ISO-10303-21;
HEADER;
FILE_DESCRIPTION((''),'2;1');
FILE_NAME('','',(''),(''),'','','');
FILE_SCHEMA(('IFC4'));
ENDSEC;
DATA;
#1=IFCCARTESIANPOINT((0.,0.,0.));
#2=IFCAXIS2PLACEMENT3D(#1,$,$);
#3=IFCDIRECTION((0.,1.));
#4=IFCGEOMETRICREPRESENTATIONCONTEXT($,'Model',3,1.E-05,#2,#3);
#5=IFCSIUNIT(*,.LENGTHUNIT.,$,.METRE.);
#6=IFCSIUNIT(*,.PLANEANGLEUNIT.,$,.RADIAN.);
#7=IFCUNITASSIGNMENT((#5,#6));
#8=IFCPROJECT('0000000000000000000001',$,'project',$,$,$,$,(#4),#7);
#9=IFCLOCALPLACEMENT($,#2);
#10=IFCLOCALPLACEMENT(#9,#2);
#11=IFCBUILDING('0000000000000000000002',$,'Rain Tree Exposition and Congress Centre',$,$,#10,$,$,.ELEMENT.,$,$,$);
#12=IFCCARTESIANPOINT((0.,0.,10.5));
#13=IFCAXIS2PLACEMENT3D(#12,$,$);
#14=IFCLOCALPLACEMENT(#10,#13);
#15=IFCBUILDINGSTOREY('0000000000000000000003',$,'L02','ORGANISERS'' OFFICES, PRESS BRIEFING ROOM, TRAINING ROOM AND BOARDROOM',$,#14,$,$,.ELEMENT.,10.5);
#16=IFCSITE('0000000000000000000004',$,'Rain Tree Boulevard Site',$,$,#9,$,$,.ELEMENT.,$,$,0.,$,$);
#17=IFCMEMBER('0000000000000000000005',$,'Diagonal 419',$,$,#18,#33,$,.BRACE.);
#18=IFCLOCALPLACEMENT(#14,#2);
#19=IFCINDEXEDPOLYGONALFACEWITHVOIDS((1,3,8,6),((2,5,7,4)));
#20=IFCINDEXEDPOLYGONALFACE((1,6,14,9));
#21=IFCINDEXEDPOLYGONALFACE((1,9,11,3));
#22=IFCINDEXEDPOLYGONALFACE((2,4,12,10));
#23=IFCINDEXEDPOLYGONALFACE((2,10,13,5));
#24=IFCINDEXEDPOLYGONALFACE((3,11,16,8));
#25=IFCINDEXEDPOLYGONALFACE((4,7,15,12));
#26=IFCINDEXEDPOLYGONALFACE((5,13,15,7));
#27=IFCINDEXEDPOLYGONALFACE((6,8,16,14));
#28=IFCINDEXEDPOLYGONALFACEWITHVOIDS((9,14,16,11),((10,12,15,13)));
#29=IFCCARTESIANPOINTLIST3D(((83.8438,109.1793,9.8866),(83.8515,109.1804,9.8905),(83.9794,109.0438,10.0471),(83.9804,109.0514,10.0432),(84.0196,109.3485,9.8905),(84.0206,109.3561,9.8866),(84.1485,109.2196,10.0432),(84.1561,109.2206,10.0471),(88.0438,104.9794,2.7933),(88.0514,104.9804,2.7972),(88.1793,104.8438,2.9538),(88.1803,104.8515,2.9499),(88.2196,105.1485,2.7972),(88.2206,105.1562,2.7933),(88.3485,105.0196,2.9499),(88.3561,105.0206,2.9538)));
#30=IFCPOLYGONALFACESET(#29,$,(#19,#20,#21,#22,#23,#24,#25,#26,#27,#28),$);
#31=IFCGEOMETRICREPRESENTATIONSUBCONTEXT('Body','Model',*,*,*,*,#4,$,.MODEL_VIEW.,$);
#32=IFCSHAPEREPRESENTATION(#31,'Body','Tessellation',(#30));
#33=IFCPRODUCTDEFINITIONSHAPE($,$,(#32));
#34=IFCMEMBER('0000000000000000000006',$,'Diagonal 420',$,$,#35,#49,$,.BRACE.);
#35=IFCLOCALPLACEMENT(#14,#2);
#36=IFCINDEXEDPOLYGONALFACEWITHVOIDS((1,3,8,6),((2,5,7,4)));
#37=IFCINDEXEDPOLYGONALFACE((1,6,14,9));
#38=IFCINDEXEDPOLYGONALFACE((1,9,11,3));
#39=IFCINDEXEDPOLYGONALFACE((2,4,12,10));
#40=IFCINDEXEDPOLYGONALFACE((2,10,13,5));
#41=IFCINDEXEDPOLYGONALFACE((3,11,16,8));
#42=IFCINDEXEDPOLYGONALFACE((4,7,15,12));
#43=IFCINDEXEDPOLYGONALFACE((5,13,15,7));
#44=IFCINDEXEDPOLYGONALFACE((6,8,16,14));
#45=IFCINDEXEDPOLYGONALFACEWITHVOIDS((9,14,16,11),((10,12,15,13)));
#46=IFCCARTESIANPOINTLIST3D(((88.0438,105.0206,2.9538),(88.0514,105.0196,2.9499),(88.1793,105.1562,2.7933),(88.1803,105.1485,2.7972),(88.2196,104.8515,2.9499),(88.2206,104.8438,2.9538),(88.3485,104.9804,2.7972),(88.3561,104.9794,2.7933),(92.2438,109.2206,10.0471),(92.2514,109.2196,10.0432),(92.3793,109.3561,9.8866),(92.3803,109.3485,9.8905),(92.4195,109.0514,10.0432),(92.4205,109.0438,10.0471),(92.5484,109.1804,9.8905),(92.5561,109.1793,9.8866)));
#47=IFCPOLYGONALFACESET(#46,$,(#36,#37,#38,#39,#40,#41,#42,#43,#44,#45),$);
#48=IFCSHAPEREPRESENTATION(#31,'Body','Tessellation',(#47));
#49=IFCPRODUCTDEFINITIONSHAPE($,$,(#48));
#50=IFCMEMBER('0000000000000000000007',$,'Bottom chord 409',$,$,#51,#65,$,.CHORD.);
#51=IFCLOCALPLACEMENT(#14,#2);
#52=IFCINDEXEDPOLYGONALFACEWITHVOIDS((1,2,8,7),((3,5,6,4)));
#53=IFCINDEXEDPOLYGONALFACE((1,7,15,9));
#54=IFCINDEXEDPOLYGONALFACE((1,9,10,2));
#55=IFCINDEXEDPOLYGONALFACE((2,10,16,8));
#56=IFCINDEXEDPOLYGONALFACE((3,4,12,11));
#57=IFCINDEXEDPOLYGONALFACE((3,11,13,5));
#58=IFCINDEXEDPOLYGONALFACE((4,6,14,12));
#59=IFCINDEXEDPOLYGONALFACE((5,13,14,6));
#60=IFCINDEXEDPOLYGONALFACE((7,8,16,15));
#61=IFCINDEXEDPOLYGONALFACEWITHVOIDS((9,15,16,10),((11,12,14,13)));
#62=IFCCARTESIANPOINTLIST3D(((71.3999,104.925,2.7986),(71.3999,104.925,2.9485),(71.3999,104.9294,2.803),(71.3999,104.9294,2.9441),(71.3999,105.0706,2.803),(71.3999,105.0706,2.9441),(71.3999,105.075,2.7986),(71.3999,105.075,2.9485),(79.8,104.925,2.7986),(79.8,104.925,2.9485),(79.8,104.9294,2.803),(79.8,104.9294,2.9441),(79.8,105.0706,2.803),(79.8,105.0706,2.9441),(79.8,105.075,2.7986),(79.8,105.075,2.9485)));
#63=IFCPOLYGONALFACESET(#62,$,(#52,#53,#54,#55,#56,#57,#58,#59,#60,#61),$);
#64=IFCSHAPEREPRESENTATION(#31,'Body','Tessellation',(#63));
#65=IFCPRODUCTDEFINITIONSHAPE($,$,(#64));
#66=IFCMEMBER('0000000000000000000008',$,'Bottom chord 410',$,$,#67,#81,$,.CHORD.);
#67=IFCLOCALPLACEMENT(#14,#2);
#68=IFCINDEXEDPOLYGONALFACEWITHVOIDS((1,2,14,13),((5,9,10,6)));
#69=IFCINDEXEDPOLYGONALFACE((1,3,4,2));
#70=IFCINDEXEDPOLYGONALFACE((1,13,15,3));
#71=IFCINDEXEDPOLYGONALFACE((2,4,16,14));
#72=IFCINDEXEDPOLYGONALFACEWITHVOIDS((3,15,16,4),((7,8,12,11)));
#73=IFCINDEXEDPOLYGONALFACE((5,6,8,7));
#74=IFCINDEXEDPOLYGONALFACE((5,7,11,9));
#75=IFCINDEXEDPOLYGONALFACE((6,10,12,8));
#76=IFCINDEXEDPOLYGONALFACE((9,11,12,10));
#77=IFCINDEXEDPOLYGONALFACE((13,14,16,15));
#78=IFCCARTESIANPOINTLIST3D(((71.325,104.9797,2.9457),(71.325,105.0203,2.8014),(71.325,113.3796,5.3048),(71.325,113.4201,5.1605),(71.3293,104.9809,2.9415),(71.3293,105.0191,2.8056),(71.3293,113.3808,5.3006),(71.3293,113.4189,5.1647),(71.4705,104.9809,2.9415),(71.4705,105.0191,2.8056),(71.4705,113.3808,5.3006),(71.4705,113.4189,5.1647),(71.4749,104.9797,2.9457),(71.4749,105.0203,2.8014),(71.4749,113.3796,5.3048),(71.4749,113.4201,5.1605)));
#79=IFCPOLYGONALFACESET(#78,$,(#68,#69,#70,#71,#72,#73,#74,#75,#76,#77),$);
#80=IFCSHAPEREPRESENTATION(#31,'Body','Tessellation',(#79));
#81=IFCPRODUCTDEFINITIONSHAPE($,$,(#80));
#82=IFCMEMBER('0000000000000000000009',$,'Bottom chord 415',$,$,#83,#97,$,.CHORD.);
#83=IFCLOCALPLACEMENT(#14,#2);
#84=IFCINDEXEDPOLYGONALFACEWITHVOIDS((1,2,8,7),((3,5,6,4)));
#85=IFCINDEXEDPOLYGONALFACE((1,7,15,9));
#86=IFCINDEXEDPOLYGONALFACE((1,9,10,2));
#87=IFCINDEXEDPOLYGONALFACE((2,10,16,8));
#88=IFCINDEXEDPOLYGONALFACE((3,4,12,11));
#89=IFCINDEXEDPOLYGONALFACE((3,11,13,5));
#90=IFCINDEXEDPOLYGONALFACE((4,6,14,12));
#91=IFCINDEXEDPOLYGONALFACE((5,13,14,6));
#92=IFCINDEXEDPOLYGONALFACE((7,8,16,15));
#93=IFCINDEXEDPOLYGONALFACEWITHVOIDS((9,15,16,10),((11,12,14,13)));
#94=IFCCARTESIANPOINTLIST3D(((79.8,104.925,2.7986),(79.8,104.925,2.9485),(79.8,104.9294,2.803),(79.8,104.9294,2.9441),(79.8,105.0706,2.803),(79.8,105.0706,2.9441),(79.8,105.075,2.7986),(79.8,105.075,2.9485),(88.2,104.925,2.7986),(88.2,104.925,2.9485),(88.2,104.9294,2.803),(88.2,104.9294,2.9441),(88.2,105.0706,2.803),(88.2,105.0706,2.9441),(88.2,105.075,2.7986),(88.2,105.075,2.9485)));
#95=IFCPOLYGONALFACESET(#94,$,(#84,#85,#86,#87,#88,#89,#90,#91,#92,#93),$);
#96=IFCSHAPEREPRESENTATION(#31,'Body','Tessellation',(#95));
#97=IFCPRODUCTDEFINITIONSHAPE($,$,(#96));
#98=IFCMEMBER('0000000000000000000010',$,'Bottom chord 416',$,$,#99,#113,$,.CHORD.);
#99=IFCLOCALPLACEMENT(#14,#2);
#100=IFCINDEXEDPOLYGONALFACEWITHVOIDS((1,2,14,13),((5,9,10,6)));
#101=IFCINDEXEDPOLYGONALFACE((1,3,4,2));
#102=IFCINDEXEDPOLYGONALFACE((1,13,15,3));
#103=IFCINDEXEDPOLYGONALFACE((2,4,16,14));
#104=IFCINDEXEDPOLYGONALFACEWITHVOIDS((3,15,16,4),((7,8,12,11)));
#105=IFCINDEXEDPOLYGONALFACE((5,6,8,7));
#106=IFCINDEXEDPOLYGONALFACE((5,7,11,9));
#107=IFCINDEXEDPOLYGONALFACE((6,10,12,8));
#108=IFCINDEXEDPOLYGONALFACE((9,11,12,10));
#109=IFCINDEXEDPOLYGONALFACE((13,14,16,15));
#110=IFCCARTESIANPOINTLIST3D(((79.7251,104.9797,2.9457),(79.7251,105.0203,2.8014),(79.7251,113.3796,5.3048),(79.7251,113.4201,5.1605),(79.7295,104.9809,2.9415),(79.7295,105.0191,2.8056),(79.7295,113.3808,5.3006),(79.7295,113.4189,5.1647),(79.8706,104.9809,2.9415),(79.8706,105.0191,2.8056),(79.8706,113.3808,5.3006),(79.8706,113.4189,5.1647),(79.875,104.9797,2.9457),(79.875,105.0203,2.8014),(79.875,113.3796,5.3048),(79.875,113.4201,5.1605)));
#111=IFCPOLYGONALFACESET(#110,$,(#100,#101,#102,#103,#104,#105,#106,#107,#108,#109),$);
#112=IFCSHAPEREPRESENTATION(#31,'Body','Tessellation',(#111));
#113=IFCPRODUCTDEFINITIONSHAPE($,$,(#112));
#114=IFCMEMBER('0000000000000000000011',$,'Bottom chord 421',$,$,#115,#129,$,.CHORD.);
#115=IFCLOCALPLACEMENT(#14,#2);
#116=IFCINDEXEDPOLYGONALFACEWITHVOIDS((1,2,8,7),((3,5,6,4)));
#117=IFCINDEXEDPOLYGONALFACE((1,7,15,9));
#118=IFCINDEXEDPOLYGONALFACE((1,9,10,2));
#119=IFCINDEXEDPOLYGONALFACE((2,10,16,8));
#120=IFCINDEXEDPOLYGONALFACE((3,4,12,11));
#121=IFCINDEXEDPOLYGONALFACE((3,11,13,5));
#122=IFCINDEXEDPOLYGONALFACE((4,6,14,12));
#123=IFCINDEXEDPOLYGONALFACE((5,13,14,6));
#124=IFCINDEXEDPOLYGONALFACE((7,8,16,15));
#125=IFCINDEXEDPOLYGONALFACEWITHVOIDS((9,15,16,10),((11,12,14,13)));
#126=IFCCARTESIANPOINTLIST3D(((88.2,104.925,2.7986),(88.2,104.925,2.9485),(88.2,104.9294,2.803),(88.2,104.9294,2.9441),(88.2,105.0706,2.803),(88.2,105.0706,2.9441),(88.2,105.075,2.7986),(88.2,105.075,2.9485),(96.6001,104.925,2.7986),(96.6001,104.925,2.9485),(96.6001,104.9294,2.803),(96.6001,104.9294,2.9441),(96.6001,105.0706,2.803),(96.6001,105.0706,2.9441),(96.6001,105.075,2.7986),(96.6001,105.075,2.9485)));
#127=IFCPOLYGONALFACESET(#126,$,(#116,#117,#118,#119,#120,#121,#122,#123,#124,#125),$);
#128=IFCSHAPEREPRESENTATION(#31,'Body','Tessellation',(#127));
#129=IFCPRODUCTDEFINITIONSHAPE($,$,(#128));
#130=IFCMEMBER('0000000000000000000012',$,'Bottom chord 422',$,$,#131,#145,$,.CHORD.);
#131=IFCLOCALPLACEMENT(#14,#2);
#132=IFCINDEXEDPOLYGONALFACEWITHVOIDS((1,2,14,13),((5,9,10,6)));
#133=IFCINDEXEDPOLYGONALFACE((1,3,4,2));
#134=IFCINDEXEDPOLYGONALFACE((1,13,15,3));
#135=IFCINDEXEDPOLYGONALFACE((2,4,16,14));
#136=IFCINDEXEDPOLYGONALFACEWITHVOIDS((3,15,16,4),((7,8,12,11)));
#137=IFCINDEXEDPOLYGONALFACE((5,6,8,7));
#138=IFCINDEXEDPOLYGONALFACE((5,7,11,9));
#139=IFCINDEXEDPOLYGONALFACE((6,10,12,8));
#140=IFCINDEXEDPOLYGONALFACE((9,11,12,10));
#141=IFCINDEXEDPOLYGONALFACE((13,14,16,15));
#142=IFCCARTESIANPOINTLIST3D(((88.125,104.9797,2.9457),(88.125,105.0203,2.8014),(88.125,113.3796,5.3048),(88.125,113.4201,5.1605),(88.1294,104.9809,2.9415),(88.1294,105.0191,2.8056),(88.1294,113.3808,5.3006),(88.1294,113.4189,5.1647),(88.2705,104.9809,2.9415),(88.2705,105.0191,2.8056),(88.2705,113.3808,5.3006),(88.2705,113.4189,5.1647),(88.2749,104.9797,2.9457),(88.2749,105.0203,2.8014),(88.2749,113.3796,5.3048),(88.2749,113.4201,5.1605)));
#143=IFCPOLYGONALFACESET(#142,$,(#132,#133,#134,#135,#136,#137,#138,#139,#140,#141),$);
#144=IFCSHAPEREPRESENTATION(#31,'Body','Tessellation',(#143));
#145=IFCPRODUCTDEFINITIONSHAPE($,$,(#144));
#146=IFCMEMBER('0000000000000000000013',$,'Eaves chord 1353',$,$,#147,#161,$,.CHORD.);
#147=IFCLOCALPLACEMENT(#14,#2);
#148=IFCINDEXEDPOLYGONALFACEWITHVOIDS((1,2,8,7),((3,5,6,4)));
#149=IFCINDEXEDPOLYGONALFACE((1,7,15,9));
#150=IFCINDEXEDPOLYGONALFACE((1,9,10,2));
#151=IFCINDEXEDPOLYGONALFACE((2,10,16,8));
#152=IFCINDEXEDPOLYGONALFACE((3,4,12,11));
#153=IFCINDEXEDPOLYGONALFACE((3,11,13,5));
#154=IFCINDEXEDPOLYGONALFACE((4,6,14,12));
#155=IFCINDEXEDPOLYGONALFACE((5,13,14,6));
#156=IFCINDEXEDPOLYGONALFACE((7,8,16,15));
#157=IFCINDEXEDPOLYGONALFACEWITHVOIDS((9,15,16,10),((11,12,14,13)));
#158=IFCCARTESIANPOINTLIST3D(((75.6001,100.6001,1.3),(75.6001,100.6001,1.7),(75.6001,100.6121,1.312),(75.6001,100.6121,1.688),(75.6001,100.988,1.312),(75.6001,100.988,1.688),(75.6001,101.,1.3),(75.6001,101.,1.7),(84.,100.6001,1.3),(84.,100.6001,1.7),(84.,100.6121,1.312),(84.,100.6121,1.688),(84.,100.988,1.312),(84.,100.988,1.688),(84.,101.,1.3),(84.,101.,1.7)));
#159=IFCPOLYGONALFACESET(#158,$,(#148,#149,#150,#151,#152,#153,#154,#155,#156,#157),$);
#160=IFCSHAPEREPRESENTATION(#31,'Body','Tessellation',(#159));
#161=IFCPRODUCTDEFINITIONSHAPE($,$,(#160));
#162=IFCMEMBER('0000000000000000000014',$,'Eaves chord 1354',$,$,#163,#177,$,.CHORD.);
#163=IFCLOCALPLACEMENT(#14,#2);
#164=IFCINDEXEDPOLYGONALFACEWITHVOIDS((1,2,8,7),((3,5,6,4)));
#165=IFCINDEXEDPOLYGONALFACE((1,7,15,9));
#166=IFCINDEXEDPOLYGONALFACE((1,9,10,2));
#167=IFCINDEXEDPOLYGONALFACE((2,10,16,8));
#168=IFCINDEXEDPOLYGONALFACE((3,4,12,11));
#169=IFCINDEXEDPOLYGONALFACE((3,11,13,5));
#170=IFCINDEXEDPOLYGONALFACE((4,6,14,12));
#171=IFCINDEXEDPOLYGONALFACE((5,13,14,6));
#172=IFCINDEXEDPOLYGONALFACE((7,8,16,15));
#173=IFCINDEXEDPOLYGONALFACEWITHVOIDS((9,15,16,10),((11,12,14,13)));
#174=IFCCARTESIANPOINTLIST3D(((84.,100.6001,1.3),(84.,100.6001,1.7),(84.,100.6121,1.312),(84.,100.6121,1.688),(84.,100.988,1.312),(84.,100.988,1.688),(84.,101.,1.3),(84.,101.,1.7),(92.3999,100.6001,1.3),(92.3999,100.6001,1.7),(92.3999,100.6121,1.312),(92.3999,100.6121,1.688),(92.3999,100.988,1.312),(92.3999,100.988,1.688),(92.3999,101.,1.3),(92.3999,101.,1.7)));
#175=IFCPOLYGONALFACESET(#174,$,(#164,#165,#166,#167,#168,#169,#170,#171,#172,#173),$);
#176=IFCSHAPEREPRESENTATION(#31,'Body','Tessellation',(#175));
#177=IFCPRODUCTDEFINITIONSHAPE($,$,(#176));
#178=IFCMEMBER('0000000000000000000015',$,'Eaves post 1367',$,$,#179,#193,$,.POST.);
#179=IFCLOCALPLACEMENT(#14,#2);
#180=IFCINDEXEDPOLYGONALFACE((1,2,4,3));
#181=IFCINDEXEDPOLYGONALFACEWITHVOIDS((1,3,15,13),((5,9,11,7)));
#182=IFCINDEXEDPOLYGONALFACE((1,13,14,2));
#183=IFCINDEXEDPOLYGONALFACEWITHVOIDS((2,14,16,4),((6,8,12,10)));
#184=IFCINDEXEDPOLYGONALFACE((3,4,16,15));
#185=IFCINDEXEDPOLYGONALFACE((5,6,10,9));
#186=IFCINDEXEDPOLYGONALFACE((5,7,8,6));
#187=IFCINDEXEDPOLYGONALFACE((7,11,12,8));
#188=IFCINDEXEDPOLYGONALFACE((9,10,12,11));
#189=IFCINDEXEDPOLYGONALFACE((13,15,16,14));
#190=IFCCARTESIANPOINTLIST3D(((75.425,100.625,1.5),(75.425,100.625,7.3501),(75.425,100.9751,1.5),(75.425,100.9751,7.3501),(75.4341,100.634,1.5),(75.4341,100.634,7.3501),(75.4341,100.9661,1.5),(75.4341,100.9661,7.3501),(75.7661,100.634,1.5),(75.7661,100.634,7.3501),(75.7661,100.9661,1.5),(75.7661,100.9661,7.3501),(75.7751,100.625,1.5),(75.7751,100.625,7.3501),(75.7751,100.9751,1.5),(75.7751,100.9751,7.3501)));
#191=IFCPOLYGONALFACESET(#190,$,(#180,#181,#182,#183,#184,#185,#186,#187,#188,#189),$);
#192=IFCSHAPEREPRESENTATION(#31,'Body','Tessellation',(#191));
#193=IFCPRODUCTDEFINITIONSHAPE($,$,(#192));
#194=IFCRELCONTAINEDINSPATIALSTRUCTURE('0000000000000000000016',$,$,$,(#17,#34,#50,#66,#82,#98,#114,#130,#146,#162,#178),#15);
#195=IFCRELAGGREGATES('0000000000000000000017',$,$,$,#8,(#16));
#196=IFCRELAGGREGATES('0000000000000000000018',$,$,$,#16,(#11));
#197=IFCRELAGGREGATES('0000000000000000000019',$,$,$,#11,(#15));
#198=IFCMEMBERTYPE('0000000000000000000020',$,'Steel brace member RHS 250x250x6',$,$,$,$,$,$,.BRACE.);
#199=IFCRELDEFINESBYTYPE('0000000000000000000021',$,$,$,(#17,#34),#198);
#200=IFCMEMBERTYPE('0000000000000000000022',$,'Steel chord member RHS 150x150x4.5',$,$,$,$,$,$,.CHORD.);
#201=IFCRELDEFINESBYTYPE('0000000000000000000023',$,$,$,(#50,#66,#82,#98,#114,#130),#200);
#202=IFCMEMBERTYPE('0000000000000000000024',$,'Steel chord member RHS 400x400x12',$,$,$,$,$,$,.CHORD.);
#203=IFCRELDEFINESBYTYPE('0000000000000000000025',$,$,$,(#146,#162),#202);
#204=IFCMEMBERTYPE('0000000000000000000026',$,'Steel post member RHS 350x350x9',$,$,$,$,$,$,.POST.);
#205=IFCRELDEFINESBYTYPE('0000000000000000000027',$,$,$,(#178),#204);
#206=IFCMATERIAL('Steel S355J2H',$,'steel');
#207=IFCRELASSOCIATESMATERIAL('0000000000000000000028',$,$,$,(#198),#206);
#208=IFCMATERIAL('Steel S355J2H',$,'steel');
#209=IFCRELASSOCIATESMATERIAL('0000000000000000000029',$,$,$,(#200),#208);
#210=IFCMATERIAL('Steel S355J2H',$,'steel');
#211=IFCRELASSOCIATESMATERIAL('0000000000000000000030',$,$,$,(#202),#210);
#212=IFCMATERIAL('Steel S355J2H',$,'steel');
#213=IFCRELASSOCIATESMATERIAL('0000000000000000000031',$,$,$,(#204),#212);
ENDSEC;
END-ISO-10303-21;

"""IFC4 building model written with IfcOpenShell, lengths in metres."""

from ifc_helpers import new_model, si_unit, direction, frame, origin, origin_2d, place, context, subcontext, project, spatial, hollow_rectangle, extrude, material, material_profile, profile_set, type_object, element, save


model = new_model("IFC4")

# Units and contexts
model_context = context("Model", 3, precision=1e-05, world=origin(), true_north=direction((0.0, 1.0)))
body_context = subcontext(model_context, "Body", "Model", "MODEL_VIEW")
ifc_project = project(units=[si_unit("LENGTHUNIT", "METRE"), si_unit("PLANEANGLEUNIT", "RADIAN")], contexts=[model_context])

# Site, building, storey
site_placement = place(None, origin())
site = spatial("IfcSite", under=ifc_project, at=site_placement, Name="Rain Tree Boulevard Site", CompositionType="ELEMENT", RefElevation=0.0)
building_placement = place(site_placement, origin())
building = spatial("IfcBuilding", under=site, at=building_placement, Name="Rain Tree Exposition and Congress Centre", CompositionType="ELEMENT")
storey_placement = place(building_placement, frame((0.0, 0.0, 10.5)))
storey = spatial("IfcBuildingStorey", under=building, at=storey_placement, Name="L02", Description="ORGANISERS' OFFICES, PRESS BRIEFING ROOM, TRAINING ROOM AND BOARDROOM", CompositionType="ELEMENT", Elevation=10.5)

# Members
ifc_material_1 = material(Name="Steel S355J2H", Category="steel")
ifc_material_profile_1 = material_profile(ifc_material_1, hollow_rectangle(XDim=0.25, YDim=0.25, WallThickness=0.0061, at=origin_2d()), Name="RHS 250x250x6")
ifc_profile_set_1 = profile_set([ifc_material_profile_1], Name="Steel S355J2H")
member_type_1 = type_object("IfcMemberType", Name="Steel brace member RHS 250x250x6", PredefinedType="BRACE", material=ifc_profile_set_1)
for number, where, z_axis, x_axis, name in (
    (1, (88.2, 105.0, 2.8735), (-0.453966, 0.453966, 0.7667), (-0.707107, -0.707107, 0.0), "Diagonal 419"),
    (2, (88.2, 105.0, 2.8735), (0.453966, 0.453966, 0.7667), (-0.707107, 0.707107, 0.0), "Diagonal 420"),
):
    element("IfcMember", number, at=place(storey_placement, frame(where, z_axis=z_axis, x_axis=x_axis)), inside=storey, type_object=member_type_1, Name=name, PredefinedType="BRACE", context=body_context, shape_type="SweptSolid", body=[
        extrude(hollow_rectangle(XDim=0.25, YDim=0.25, WallThickness=0.0061, at=origin_2d()), origin(), (0.0, 0.0, 1.0), 9.2517),
    ])
ifc_material_2 = material(Name="Steel S355J2H", Category="steel")
ifc_material_profile_2 = material_profile(ifc_material_2, hollow_rectangle(XDim=0.1499, YDim=0.1499, WallThickness=0.0044, at=origin_2d()), Name="RHS 150x150x4.5")
ifc_profile_set_2 = profile_set([ifc_material_profile_2], Name="Steel S355J2H")
member_type_2 = type_object("IfcMemberType", Name="Steel chord member RHS 150x150x4.5", PredefinedType="CHORD", material=ifc_profile_set_2)
member_1_placement = place(storey_placement, frame((71.3999, 105.0, 2.8735), z_axis=(1.0, 0.0, 0.0), x_axis=(0.0, 1.0, 0.0)))
element("IfcMember", 3, at=member_1_placement, inside=storey, type_object=member_type_2, Name="Bottom chord 409", PredefinedType="CHORD", context=body_context, shape_type="SweptSolid", body=[
    extrude(hollow_rectangle(XDim=0.1499, YDim=0.1499, WallThickness=0.0044, at=origin_2d()), origin(), (0.0, 0.0, 1.0), 8.4001),
])
member_2_placement = place(storey_placement, frame((71.3999, 105.0, 2.8735), z_axis=(0.0, 0.962751, 0.270391), x_axis=(-1.0, 0.0, 0.0)))
element("IfcMember", 4, at=member_2_placement, inside=storey, type_object=member_type_2, Name="Bottom chord 410", PredefinedType="CHORD", context=body_context, shape_type="SweptSolid", body=[
    extrude(hollow_rectangle(XDim=0.1499, YDim=0.1499, WallThickness=0.0044, at=origin_2d()), origin(), (0.0, 0.0, 1.0), 8.7249),
])
member_3_placement = place(storey_placement, frame((79.8, 105.0, 2.8735), z_axis=(1.0, 0.0, 0.0), x_axis=(0.0, 1.0, 0.0)))
element("IfcMember", 5, at=member_3_placement, inside=storey, type_object=member_type_2, Name="Bottom chord 415", PredefinedType="CHORD", context=body_context, shape_type="SweptSolid", body=[
    extrude(hollow_rectangle(XDim=0.1499, YDim=0.1499, WallThickness=0.0044, at=origin_2d()), origin(), (0.0, 0.0, 1.0), 8.3999),
])
member_4_placement = place(storey_placement, frame((79.8, 105.0, 2.8735), z_axis=(0.0, 0.962751, 0.270391), x_axis=(-1.0, 0.0, 0.0)))
element("IfcMember", 6, at=member_4_placement, inside=storey, type_object=member_type_2, Name="Bottom chord 416", PredefinedType="CHORD", context=body_context, shape_type="SweptSolid", body=[
    extrude(hollow_rectangle(XDim=0.1499, YDim=0.1499, WallThickness=0.0044, at=origin_2d()), origin(), (0.0, 0.0, 1.0), 8.7249),
])
member_5_placement = place(storey_placement, frame((88.2, 105.0, 2.8735), z_axis=(1.0, 0.0, 0.0), x_axis=(0.0, 1.0, 0.0)))
element("IfcMember", 7, at=member_5_placement, inside=storey, type_object=member_type_2, Name="Bottom chord 421", PredefinedType="CHORD", context=body_context, shape_type="SweptSolid", body=[
    extrude(hollow_rectangle(XDim=0.1499, YDim=0.1499, WallThickness=0.0044, at=origin_2d()), origin(), (0.0, 0.0, 1.0), 8.4001),
])
member_6_placement = place(storey_placement, frame((88.2, 105.0, 2.8735), z_axis=(0.0, 0.962751, 0.270391), x_axis=(-1.0, 0.0, 0.0)))
element("IfcMember", 8, at=member_6_placement, inside=storey, type_object=member_type_2, Name="Bottom chord 422", PredefinedType="CHORD", context=body_context, shape_type="SweptSolid", body=[
    extrude(hollow_rectangle(XDim=0.1499, YDim=0.1499, WallThickness=0.0044, at=origin_2d()), origin(), (0.0, 0.0, 1.0), 8.7249),
])
ifc_material_3 = material(Name="Steel S355J2H", Category="steel")
ifc_material_profile_3 = material_profile(ifc_material_3, hollow_rectangle(XDim=0.3999, YDim=0.3999, WallThickness=0.012, at=origin_2d()), Name="RHS 400x400x12")
ifc_profile_set_3 = profile_set([ifc_material_profile_3], Name="Steel S355J2H")
member_type_3 = type_object("IfcMemberType", Name="Steel chord member RHS 400x400x12", PredefinedType="CHORD", material=ifc_profile_set_3)
for number, where, z_axis, x_axis, name in (
    (9, (75.6001, 100.8, 1.5), (1.0, 0.0, 0.0), (0.0, 1.0, 0.0), "Eaves chord 1353"),
    (10, (84.0, 100.8, 1.5), (1.0, 0.0, 0.0), (0.0, 1.0, 0.0), "Eaves chord 1354"),
):
    element("IfcMember", number, at=place(storey_placement, frame(where, z_axis=z_axis, x_axis=x_axis)), inside=storey, type_object=member_type_3, Name=name, PredefinedType="CHORD", context=body_context, shape_type="SweptSolid", body=[
        extrude(hollow_rectangle(XDim=0.3999, YDim=0.3999, WallThickness=0.012, at=origin_2d()), origin(), (0.0, 0.0, 1.0), 8.3999),
    ])
ifc_material_4 = material(Name="Steel S355J2H", Category="steel")
ifc_material_profile_4 = material_profile(ifc_material_4, hollow_rectangle(XDim=0.3501, YDim=0.3501, WallThickness=0.009, at=origin_2d()), Name="RHS 350x350x9")
ifc_profile_set_4 = profile_set([ifc_material_profile_4], Name="Steel S355J2H")
member_type_4 = type_object("IfcMemberType", Name="Steel post member RHS 350x350x9", PredefinedType="POST", material=ifc_profile_set_4)
for number, where, z_axis, x_axis, name in (
    (11, (75.6001, 100.8, 1.5), (0.0, 0.0, 1.0), (1.0, 0.0, 0.0), "Eaves post 1367"),
):
    element("IfcMember", number, at=place(storey_placement, frame(where, z_axis=z_axis, x_axis=x_axis)), inside=storey, type_object=member_type_4, Name=name, PredefinedType="POST", context=body_context, shape_type="SweptSolid", body=[
        extrude(hollow_rectangle(XDim=0.3501, YDim=0.3501, WallThickness=0.009, at=origin_2d()), origin(), (0.0, 0.0, 1.0), 5.8501),
    ])

save(model, "model.ifc")
